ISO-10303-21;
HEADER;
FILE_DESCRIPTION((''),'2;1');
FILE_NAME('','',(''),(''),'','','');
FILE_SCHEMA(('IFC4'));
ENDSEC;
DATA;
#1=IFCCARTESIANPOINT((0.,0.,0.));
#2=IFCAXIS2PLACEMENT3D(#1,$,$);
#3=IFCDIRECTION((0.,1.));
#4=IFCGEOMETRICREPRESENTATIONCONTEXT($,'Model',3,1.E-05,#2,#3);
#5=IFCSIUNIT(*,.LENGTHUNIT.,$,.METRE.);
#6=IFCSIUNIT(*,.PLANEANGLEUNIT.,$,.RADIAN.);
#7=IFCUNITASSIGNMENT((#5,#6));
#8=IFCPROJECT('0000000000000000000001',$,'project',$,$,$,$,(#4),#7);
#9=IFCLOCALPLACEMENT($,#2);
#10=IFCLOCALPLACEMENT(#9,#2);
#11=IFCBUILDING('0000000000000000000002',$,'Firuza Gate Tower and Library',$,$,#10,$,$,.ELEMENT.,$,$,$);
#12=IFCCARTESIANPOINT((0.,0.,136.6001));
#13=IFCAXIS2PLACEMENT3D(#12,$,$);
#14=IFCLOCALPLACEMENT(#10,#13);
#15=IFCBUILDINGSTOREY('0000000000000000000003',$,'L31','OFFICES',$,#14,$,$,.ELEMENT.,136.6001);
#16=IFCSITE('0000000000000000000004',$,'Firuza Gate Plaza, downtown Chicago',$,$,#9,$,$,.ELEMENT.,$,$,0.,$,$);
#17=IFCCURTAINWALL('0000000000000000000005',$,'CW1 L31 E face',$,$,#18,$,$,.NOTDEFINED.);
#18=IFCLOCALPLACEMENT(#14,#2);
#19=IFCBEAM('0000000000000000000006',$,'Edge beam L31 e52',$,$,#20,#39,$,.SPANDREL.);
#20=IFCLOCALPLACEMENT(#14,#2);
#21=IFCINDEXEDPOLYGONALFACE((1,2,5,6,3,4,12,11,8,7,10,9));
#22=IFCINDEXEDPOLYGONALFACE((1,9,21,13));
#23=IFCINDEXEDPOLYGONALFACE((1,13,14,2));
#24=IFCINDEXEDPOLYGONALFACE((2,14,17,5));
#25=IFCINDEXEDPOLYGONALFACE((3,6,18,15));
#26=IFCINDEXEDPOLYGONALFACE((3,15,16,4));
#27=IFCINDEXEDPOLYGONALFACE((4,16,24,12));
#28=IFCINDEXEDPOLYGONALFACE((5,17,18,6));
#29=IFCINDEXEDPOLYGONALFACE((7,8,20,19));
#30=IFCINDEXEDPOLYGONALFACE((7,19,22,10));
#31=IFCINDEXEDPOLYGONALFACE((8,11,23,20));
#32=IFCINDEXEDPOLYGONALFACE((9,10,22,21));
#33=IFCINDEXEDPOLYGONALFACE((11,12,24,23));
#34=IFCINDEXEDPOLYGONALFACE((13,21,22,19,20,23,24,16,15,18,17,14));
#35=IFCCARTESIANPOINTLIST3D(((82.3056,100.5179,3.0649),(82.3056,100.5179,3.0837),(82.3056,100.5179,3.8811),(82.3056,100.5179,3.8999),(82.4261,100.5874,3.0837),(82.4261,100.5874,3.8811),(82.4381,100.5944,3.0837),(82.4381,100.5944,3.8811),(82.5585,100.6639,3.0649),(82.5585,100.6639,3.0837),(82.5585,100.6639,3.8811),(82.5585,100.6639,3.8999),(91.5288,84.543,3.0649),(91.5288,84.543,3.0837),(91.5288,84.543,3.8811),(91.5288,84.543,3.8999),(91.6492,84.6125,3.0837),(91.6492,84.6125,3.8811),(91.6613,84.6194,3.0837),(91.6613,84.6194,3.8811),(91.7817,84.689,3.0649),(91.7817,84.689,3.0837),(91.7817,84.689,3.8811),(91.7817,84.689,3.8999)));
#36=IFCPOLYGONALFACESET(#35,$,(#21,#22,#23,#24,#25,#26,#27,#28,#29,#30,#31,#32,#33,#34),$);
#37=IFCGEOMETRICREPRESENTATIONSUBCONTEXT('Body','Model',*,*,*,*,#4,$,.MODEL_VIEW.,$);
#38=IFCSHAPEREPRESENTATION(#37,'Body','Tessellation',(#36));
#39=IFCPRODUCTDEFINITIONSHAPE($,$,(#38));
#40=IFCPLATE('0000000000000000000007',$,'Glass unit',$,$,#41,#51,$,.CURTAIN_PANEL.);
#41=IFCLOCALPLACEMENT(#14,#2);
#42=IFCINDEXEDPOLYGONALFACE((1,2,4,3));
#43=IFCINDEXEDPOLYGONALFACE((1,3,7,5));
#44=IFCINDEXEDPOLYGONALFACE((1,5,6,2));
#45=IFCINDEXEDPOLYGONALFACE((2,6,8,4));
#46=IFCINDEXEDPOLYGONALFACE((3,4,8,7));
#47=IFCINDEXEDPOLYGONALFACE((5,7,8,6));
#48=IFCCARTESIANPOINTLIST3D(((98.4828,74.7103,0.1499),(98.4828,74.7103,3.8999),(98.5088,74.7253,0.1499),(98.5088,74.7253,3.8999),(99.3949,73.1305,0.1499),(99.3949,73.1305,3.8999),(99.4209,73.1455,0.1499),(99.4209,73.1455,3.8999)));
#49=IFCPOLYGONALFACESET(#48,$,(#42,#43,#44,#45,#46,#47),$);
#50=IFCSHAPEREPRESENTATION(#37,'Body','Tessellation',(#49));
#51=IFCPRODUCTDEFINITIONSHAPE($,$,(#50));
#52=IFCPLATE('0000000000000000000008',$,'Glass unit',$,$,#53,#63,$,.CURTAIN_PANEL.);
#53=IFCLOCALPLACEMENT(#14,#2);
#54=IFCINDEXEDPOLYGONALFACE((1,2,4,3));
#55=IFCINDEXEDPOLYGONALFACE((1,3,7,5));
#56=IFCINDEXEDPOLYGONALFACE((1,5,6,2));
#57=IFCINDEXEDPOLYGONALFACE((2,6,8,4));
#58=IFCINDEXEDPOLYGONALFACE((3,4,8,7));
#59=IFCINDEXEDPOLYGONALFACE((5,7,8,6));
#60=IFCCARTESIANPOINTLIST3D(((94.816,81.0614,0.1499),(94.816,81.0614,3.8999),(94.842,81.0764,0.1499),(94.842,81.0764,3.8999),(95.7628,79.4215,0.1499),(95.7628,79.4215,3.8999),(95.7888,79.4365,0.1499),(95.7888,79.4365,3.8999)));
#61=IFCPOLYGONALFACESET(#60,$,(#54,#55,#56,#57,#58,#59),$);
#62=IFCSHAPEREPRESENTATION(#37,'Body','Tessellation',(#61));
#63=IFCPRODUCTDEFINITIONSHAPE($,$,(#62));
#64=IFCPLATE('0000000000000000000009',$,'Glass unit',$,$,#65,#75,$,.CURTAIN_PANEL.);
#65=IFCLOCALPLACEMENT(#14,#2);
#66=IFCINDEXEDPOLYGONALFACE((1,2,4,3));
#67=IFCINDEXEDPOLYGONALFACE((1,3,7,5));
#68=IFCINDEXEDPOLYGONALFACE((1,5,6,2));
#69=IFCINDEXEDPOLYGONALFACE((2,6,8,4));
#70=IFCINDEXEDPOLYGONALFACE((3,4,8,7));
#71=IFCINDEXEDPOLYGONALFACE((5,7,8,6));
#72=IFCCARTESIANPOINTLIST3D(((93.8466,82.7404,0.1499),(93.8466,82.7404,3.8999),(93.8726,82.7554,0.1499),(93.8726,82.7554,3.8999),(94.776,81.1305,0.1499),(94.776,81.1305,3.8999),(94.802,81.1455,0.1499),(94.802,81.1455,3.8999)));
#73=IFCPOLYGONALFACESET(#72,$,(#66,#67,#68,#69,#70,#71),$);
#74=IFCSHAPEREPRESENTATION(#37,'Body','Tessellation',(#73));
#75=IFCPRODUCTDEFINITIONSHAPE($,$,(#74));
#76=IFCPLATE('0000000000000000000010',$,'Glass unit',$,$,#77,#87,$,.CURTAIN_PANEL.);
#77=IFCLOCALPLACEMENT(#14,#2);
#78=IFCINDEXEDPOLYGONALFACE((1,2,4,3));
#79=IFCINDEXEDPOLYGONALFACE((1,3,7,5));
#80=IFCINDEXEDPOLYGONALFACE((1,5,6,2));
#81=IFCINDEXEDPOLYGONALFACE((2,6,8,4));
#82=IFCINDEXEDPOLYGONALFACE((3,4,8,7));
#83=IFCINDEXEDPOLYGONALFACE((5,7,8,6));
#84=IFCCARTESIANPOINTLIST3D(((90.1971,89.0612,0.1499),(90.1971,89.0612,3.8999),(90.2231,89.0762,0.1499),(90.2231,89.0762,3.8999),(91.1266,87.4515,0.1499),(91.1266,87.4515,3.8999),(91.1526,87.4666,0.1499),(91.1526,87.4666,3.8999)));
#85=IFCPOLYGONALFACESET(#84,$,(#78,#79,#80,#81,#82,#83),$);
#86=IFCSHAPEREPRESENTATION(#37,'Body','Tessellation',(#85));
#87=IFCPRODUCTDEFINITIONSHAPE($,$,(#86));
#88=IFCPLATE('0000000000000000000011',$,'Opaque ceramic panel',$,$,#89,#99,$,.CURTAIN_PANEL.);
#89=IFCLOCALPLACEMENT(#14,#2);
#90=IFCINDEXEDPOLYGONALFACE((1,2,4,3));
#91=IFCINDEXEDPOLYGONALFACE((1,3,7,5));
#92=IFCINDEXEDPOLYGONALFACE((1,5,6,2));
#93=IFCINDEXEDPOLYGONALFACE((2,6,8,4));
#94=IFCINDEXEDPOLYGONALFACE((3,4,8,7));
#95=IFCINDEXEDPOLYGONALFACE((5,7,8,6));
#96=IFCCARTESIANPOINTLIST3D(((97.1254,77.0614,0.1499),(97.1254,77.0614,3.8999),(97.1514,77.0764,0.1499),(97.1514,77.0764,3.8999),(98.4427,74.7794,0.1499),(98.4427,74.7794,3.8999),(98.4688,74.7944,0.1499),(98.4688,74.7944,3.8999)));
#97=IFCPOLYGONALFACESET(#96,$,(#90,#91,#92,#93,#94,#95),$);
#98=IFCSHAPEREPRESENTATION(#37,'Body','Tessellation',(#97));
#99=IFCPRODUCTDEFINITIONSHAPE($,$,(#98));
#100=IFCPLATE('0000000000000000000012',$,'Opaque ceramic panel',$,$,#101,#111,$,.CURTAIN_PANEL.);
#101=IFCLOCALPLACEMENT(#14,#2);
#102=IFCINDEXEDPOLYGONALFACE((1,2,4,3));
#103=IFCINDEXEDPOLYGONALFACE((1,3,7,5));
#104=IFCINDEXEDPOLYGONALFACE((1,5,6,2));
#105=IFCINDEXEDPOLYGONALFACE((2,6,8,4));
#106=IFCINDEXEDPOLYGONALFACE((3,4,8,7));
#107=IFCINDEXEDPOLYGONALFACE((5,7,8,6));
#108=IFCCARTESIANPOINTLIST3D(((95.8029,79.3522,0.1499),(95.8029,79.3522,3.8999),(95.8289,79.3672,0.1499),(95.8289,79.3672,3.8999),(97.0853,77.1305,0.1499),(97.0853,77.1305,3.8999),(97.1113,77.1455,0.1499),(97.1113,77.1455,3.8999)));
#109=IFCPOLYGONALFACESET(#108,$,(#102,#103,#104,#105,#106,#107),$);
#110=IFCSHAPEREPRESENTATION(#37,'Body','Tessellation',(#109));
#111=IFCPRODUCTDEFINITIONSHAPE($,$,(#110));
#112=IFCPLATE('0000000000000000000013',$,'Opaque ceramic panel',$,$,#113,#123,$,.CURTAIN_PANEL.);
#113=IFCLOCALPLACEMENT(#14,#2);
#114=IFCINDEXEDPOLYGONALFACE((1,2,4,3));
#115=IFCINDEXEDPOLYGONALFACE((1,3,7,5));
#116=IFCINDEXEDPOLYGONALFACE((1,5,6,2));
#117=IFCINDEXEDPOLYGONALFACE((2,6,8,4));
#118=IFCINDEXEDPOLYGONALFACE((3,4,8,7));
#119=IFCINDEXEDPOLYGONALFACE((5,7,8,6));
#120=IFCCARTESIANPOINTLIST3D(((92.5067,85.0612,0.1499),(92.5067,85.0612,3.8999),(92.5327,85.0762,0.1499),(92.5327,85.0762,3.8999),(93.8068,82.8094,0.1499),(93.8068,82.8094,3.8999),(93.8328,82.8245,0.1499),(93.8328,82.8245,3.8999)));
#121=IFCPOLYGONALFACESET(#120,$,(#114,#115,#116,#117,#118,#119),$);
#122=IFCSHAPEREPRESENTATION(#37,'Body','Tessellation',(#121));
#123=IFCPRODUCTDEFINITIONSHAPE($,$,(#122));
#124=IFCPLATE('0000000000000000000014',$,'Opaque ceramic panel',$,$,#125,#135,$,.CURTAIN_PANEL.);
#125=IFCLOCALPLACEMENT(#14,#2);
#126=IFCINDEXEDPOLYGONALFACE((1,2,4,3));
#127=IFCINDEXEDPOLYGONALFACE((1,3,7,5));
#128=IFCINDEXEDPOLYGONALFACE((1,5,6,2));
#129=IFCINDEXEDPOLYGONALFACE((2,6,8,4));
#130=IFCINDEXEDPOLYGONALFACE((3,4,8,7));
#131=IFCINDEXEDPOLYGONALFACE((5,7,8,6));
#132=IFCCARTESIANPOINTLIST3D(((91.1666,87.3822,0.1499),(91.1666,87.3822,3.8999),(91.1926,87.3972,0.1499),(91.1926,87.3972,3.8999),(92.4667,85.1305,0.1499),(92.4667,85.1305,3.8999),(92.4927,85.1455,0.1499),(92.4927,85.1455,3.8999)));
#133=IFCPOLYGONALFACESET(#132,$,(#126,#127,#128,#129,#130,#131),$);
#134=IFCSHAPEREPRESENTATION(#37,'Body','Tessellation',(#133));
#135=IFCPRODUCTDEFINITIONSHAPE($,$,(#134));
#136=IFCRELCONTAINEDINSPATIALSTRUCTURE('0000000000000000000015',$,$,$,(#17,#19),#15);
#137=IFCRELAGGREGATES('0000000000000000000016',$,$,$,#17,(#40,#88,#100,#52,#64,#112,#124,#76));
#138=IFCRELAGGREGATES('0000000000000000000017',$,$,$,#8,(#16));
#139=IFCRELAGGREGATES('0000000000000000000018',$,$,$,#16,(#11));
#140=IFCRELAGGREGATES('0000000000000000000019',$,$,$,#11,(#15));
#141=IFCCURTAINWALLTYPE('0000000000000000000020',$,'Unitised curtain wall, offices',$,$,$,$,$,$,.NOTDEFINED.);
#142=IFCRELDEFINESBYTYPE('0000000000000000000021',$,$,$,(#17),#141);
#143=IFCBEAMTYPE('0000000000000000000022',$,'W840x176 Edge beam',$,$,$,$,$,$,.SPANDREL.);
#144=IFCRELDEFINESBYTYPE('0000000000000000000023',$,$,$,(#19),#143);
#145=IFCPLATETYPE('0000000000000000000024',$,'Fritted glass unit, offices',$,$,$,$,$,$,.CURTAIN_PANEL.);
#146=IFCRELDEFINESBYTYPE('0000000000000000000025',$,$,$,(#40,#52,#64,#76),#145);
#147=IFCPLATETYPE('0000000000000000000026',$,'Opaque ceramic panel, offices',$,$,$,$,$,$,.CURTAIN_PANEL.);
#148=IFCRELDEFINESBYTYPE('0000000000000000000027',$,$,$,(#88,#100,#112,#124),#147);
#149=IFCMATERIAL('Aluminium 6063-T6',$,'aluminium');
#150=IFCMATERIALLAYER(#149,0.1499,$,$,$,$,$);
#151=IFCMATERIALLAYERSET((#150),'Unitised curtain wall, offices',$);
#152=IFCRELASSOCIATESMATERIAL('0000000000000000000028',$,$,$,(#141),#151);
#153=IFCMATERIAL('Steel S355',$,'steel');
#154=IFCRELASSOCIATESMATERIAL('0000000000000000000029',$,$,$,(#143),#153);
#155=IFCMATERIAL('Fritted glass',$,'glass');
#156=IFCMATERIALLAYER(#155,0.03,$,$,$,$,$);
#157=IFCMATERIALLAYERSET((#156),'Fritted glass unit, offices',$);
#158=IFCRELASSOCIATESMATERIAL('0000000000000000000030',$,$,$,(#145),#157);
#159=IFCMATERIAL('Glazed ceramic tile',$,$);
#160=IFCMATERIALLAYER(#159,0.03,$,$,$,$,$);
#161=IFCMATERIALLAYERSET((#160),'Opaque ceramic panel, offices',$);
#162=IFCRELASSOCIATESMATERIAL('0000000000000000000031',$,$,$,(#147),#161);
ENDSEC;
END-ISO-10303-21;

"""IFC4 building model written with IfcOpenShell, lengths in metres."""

from ifc_helpers import new_model, si_unit, direction, frame, origin, origin_2d, place, context, subcontext, project, spatial, polyline, i_section, outline, extrude, material, layer, layer_set, material_profile, profile_set, type_object, element, aggregate, save


model = new_model("IFC4")

# Units and contexts
model_context = context("Model", 3, precision=1e-05, world=origin(), true_north=direction((0.0, 1.0)))
body_context = subcontext(model_context, "Body", "Model", "MODEL_VIEW")
ifc_project = project(units=[si_unit("LENGTHUNIT", "METRE"), si_unit("PLANEANGLEUNIT", "RADIAN")], contexts=[model_context])

# Site, building, storey
site_placement = place(None, origin())
site = spatial("IfcSite", under=ifc_project, at=site_placement, Name="Firuza Gate Plaza, downtown Chicago", CompositionType="ELEMENT", RefElevation=0.0)
building_placement = place(site_placement, origin())
building = spatial("IfcBuilding", under=site, at=building_placement, Name="Firuza Gate Tower and Library", CompositionType="ELEMENT")
storey_placement = place(building_placement, frame((0.0, 0.0, 136.6001)))
storey = spatial("IfcBuildingStorey", under=building, at=storey_placement, Name="L31", Description="OFFICES", CompositionType="ELEMENT", Elevation=136.6001)

# Curtain wall
ifc_material_1 = material(Name="Aluminium 6063-T6", Category="aluminium")
ifc_layer_1 = layer(ifc_material_1, 0.1499)
ifc_layer_set_1 = layer_set([ifc_layer_1], Name="Unitised curtain wall, offices")
curtain_wall_type = type_object("IfcCurtainWallType", Name="Unitised curtain wall, offices", PredefinedType="NOTDEFINED", material=ifc_layer_set_1)
curtain_wall_placement = place(storey_placement, origin())
curtain_wall = element("IfcCurtainWall", 1, at=curtain_wall_placement, inside=storey, type_object=curtain_wall_type, Name="CW1 L31 E face", PredefinedType="NOTDEFINED")

# Beam
ifc_material_2 = material(Name="Steel S355", Category="steel")
ifc_material_profile_1 = material_profile(ifc_material_2, i_section(OverallWidth=0.292, OverallDepth=0.835, WebThickness=0.0139, FlangeThickness=0.0188, at=origin_2d()))
ifc_profile_set_1 = profile_set([ifc_material_profile_1], Name="Steel S355")
beam_type_1 = type_object("IfcBeamType", Name="W840x176 Edge beam", PredefinedType="SPANDREL", material=ifc_profile_set_1)
beam_1_placement = place(storey_placement, frame((91.6553, 84.616, 3.4824), z_axis=(-0.500002, 0.866024, 0.0), x_axis=(-0.866024, -0.500002, 0.0)))
element("IfcBeam", 2, at=beam_1_placement, inside=storey, type_object=beam_type_1, Name="Edge beam L31 e52", PredefinedType="SPANDREL", context=body_context, shape_type="SweptSolid", body=[
    extrude(i_section(OverallWidth=0.292, OverallDepth=0.835, WebThickness=0.0139, FlangeThickness=0.0188, at=origin_2d()), origin(), (0.0, 0.0, 1.0), 18.4463),
])

# Plates
ifc_material_3 = material(Name="Fritted glass", Category="glass")
ifc_layer_2 = layer(ifc_material_3, 0.03)
ifc_layer_set_2 = layer_set([ifc_layer_2], Name="Fritted glass unit, offices")
plate_type_1 = type_object("IfcPlateType", Name="Fritted glass unit, offices", PredefinedType="CURTAIN_PANEL", material=ifc_layer_set_2)
plate_1_placement = place(storey_placement, frame((99.4209, 73.1455, 0.1499), z_axis=(0.866027, 0.499997, 0.0), x_axis=(-0.499997, 0.866027, 0.0)))
plate_1 = element("IfcPlate", 3, at=plate_1_placement, type_object=plate_type_1, Name="Glass unit", PredefinedType="CURTAIN_PANEL", context=body_context, shape_type="SweptSolid", body=[
    extrude(outline(polyline([(0.0, 0.0), (1.8242, 0.0), (1.8242, 3.75), (0.0, 3.75), (0.0, 0.0)])), origin(), (0.0, 0.0, -1.0), 0.03),
])
plate_2_placement = place(storey_placement, frame((95.7888, 79.4365, 0.1499), z_axis=(0.866029, 0.499994, 0.0), x_axis=(-0.499994, 0.866029, 0.0)))
plate_2 = element("IfcPlate", 4, at=plate_2_placement, type_object=plate_type_1, Name="Glass unit", PredefinedType="CURTAIN_PANEL", context=body_context, shape_type="SweptSolid", body=[
    extrude(outline(polyline([(0.0, 0.0), (1.8936, 0.0), (1.8936, 3.75), (0.0, 3.75), (0.0, 0.0)])), origin(), (0.0, 0.0, -1.0), 0.03),
])
plate_3_placement = place(storey_placement, frame((94.802, 81.1455, 0.1499), z_axis=(0.866028, 0.499995, 0.0), x_axis=(-0.499995, 0.866028, 0.0)))
plate_3 = element("IfcPlate", 5, at=plate_3_placement, type_object=plate_type_1, Name="Glass unit", PredefinedType="CURTAIN_PANEL", context=body_context, shape_type="SweptSolid", body=[
    extrude(outline(polyline([(0.0, 0.0), (1.8589, 0.0), (1.8589, 3.75), (0.0, 3.75), (0.0, 0.0)])), origin(), (0.0, 0.0, -1.0), 0.03),
])
plate_4_placement = place(storey_placement, frame((91.1526, 87.4666, 0.1499), z_axis=(0.865995, 0.500052, 0.0), x_axis=(-0.500052, 0.865995, 0.0)))
plate_4 = element("IfcPlate", 6, at=plate_4_placement, type_object=plate_type_1, Name="Glass unit", PredefinedType="CURTAIN_PANEL", context=body_context, shape_type="SweptSolid", body=[
    extrude(outline(polyline([(0.0, 0.0), (1.8587, 0.0), (1.8587, 3.75), (0.0, 3.75), (0.0, 0.0)])), origin(), (0.0, 0.0, -1.0), 0.03),
])
ifc_material_4 = material(Name="Glazed ceramic tile")
ifc_layer_3 = layer(ifc_material_4, 0.03)
ifc_layer_set_3 = layer_set([ifc_layer_3], Name="Opaque ceramic panel, offices")
plate_type_2 = type_object("IfcPlateType", Name="Opaque ceramic panel, offices", PredefinedType="CURTAIN_PANEL", material=ifc_layer_set_3)
plate_5_placement = place(storey_placement, frame((98.4688, 74.7944, 0.1499), z_axis=(0.866045, 0.499966, 0.0), x_axis=(-0.499966, 0.866045, 0.0)))
plate_5 = element("IfcPlate", 7, at=plate_5_placement, type_object=plate_type_2, Name="Opaque ceramic panel", PredefinedType="CURTAIN_PANEL", context=body_context, shape_type="SweptSolid", body=[
    extrude(outline(polyline([(0.0, 0.0), (2.6349, 0.0), (2.6349, 3.75), (0.0, 3.75), (0.0, 0.0)])), origin(), (0.0, 0.0, -1.0), 0.03),
])
plate_6_placement = place(storey_placement, frame((97.1113, 77.1455, 0.1499), z_axis=(0.866062, 0.499937, 0.0), x_axis=(-0.499937, 0.866062, 0.0)))
plate_6 = element("IfcPlate", 8, at=plate_6_placement, type_object=plate_type_2, Name="Opaque ceramic panel", PredefinedType="CURTAIN_PANEL", context=body_context, shape_type="SweptSolid", body=[
    extrude(outline(polyline([(0.0, 0.0), (2.5653, 0.0), (2.5653, 3.75), (0.0, 3.75), (0.0, 0.0)])), origin(), (0.0, 0.0, -1.0), 0.03),
])
plate_7_placement = place(storey_placement, frame((93.8328, 82.8245, 0.1499), z_axis=(0.866021, 0.500007, 0.0), x_axis=(-0.500007, 0.866021, 0.0)))
plate_7 = element("IfcPlate", 9, at=plate_7_placement, type_object=plate_type_2, Name="Opaque ceramic panel", PredefinedType="CURTAIN_PANEL", context=body_context, shape_type="SweptSolid", body=[
    extrude(outline(polyline([(0.0, 0.0), (2.6001, 0.0), (2.6001, 3.75), (0.0, 3.75), (0.0, 0.0)])), origin(), (0.0, 0.0, -1.0), 0.03),
])
plate_8_placement = place(storey_placement, frame((92.4927, 85.1455, 0.1499), z_axis=(0.866021, 0.500007, 0.0), x_axis=(-0.500007, 0.866021, 0.0)))
plate_8 = element("IfcPlate", 10, at=plate_8_placement, type_object=plate_type_2, Name="Opaque ceramic panel", PredefinedType="CURTAIN_PANEL", context=body_context, shape_type="SweptSolid", body=[
    extrude(outline(polyline([(0.0, 0.0), (2.6001, 0.0), (2.6001, 3.75), (0.0, 3.75), (0.0, 0.0)])), origin(), (0.0, 0.0, -1.0), 0.03),
])
aggregate(curtain_wall, [plate_1, plate_5, plate_6, plate_2, plate_3, plate_7, plate_8, plate_4])

save(model, "model.ifc")
